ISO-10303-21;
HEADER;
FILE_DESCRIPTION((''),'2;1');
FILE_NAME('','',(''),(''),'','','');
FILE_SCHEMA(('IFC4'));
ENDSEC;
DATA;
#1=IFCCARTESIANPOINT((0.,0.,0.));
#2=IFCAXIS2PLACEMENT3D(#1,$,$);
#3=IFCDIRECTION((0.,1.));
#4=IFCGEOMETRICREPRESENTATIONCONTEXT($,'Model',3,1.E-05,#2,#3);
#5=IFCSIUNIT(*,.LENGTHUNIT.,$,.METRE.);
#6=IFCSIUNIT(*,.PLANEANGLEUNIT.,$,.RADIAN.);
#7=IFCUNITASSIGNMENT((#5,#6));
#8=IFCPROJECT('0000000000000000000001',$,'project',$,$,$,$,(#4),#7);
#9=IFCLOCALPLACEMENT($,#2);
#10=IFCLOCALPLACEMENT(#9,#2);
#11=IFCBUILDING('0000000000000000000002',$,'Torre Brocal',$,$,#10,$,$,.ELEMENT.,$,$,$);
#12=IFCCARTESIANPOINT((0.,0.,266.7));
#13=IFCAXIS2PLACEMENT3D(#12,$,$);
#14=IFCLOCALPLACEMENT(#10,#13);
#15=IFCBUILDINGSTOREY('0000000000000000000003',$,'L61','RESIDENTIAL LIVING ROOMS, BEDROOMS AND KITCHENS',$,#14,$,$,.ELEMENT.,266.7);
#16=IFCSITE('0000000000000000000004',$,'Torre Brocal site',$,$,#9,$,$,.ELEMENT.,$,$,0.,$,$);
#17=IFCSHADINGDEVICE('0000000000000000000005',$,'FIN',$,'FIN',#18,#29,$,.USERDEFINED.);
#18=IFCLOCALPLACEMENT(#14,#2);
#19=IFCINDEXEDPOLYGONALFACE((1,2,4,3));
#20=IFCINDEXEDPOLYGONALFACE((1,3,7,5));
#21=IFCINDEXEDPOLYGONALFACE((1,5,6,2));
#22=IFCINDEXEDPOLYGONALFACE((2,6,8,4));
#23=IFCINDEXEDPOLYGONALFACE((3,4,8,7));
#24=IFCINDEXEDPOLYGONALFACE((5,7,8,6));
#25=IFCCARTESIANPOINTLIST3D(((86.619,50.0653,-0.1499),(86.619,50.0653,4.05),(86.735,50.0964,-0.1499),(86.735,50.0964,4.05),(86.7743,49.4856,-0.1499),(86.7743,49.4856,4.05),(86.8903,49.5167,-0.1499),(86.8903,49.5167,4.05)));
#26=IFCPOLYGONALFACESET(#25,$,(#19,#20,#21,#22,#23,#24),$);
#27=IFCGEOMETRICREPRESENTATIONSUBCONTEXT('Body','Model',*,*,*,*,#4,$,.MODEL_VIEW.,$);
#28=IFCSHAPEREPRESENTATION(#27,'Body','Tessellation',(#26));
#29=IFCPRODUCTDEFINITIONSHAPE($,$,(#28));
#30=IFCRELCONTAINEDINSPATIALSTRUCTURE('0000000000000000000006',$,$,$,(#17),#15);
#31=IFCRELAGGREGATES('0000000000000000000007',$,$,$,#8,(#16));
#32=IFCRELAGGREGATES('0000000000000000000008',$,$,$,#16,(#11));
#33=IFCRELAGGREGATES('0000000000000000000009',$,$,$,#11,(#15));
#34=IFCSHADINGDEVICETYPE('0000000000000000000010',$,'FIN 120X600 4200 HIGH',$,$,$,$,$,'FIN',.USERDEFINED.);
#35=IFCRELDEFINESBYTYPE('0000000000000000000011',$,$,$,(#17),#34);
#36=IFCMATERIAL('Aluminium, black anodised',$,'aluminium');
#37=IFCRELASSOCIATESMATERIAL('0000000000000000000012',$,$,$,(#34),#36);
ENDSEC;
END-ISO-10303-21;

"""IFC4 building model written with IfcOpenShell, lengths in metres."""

from ifc_helpers import new_model, si_unit, direction, frame, origin, origin_2d, place, context, subcontext, project, spatial, rectangle, extrude, material, material_profile, profile_set, type_object, element, save


model = new_model("IFC4")

# Units and contexts
model_context = context("Model", 3, precision=1e-05, world=origin(), true_north=direction((0.0, 1.0)))
body_context = subcontext(model_context, "Body", "Model", "MODEL_VIEW")
ifc_project = project(units=[si_unit("LENGTHUNIT", "METRE"), si_unit("PLANEANGLEUNIT", "RADIAN")], contexts=[model_context])

# Site, building, storey
site_placement = place(None, origin())
site = spatial("IfcSite", under=ifc_project, at=site_placement, Name="Torre Brocal site", CompositionType="ELEMENT", RefElevation=0.0)
building_placement = place(site_placement, origin())
building = spatial("IfcBuilding", under=site, at=building_placement, Name="Torre Brocal", CompositionType="ELEMENT")
storey_placement = place(building_placement, frame((0.0, 0.0, 266.7)))
storey = spatial("IfcBuildingStorey", under=building, at=storey_placement, Name="L61", Description="RESIDENTIAL LIVING ROOMS, BEDROOMS AND KITCHENS", CompositionType="ELEMENT", Elevation=266.7)

# Shading device
ifc_material_1 = material(Name="Aluminium, black anodised", Category="aluminium")
ifc_material_profile_1 = material_profile(ifc_material_1, rectangle(XDim=0.1201, YDim=0.6001, at=origin_2d()), Name="FIN 120X600 4200 HIGH")
ifc_profile_set_1 = profile_set([ifc_material_profile_1], Name="Aluminium, black anodised")
shading_device_type = type_object("IfcShadingDeviceType", Name="FIN 120X600 4200 HIGH", ElementType="FIN", PredefinedType="USERDEFINED", material=ifc_profile_set_1)
shading_device_placement = place(storey_placement, frame((86.7546, 49.791, -0.1499), z_axis=(0.0, 0.0, 1.0), x_axis=(0.965926, 0.258819, 0.0)))
element("IfcShadingDevice", 1, at=shading_device_placement, inside=storey, type_object=shading_device_type, Name="FIN", ObjectType="FIN", PredefinedType="USERDEFINED", context=body_context, shape_type="SweptSolid", body=[
    extrude(rectangle(XDim=0.1201, YDim=0.6001, at=origin_2d()), origin(), (0.0, 0.0, 1.0), 4.2),
])

save(model, "model.ifc")
